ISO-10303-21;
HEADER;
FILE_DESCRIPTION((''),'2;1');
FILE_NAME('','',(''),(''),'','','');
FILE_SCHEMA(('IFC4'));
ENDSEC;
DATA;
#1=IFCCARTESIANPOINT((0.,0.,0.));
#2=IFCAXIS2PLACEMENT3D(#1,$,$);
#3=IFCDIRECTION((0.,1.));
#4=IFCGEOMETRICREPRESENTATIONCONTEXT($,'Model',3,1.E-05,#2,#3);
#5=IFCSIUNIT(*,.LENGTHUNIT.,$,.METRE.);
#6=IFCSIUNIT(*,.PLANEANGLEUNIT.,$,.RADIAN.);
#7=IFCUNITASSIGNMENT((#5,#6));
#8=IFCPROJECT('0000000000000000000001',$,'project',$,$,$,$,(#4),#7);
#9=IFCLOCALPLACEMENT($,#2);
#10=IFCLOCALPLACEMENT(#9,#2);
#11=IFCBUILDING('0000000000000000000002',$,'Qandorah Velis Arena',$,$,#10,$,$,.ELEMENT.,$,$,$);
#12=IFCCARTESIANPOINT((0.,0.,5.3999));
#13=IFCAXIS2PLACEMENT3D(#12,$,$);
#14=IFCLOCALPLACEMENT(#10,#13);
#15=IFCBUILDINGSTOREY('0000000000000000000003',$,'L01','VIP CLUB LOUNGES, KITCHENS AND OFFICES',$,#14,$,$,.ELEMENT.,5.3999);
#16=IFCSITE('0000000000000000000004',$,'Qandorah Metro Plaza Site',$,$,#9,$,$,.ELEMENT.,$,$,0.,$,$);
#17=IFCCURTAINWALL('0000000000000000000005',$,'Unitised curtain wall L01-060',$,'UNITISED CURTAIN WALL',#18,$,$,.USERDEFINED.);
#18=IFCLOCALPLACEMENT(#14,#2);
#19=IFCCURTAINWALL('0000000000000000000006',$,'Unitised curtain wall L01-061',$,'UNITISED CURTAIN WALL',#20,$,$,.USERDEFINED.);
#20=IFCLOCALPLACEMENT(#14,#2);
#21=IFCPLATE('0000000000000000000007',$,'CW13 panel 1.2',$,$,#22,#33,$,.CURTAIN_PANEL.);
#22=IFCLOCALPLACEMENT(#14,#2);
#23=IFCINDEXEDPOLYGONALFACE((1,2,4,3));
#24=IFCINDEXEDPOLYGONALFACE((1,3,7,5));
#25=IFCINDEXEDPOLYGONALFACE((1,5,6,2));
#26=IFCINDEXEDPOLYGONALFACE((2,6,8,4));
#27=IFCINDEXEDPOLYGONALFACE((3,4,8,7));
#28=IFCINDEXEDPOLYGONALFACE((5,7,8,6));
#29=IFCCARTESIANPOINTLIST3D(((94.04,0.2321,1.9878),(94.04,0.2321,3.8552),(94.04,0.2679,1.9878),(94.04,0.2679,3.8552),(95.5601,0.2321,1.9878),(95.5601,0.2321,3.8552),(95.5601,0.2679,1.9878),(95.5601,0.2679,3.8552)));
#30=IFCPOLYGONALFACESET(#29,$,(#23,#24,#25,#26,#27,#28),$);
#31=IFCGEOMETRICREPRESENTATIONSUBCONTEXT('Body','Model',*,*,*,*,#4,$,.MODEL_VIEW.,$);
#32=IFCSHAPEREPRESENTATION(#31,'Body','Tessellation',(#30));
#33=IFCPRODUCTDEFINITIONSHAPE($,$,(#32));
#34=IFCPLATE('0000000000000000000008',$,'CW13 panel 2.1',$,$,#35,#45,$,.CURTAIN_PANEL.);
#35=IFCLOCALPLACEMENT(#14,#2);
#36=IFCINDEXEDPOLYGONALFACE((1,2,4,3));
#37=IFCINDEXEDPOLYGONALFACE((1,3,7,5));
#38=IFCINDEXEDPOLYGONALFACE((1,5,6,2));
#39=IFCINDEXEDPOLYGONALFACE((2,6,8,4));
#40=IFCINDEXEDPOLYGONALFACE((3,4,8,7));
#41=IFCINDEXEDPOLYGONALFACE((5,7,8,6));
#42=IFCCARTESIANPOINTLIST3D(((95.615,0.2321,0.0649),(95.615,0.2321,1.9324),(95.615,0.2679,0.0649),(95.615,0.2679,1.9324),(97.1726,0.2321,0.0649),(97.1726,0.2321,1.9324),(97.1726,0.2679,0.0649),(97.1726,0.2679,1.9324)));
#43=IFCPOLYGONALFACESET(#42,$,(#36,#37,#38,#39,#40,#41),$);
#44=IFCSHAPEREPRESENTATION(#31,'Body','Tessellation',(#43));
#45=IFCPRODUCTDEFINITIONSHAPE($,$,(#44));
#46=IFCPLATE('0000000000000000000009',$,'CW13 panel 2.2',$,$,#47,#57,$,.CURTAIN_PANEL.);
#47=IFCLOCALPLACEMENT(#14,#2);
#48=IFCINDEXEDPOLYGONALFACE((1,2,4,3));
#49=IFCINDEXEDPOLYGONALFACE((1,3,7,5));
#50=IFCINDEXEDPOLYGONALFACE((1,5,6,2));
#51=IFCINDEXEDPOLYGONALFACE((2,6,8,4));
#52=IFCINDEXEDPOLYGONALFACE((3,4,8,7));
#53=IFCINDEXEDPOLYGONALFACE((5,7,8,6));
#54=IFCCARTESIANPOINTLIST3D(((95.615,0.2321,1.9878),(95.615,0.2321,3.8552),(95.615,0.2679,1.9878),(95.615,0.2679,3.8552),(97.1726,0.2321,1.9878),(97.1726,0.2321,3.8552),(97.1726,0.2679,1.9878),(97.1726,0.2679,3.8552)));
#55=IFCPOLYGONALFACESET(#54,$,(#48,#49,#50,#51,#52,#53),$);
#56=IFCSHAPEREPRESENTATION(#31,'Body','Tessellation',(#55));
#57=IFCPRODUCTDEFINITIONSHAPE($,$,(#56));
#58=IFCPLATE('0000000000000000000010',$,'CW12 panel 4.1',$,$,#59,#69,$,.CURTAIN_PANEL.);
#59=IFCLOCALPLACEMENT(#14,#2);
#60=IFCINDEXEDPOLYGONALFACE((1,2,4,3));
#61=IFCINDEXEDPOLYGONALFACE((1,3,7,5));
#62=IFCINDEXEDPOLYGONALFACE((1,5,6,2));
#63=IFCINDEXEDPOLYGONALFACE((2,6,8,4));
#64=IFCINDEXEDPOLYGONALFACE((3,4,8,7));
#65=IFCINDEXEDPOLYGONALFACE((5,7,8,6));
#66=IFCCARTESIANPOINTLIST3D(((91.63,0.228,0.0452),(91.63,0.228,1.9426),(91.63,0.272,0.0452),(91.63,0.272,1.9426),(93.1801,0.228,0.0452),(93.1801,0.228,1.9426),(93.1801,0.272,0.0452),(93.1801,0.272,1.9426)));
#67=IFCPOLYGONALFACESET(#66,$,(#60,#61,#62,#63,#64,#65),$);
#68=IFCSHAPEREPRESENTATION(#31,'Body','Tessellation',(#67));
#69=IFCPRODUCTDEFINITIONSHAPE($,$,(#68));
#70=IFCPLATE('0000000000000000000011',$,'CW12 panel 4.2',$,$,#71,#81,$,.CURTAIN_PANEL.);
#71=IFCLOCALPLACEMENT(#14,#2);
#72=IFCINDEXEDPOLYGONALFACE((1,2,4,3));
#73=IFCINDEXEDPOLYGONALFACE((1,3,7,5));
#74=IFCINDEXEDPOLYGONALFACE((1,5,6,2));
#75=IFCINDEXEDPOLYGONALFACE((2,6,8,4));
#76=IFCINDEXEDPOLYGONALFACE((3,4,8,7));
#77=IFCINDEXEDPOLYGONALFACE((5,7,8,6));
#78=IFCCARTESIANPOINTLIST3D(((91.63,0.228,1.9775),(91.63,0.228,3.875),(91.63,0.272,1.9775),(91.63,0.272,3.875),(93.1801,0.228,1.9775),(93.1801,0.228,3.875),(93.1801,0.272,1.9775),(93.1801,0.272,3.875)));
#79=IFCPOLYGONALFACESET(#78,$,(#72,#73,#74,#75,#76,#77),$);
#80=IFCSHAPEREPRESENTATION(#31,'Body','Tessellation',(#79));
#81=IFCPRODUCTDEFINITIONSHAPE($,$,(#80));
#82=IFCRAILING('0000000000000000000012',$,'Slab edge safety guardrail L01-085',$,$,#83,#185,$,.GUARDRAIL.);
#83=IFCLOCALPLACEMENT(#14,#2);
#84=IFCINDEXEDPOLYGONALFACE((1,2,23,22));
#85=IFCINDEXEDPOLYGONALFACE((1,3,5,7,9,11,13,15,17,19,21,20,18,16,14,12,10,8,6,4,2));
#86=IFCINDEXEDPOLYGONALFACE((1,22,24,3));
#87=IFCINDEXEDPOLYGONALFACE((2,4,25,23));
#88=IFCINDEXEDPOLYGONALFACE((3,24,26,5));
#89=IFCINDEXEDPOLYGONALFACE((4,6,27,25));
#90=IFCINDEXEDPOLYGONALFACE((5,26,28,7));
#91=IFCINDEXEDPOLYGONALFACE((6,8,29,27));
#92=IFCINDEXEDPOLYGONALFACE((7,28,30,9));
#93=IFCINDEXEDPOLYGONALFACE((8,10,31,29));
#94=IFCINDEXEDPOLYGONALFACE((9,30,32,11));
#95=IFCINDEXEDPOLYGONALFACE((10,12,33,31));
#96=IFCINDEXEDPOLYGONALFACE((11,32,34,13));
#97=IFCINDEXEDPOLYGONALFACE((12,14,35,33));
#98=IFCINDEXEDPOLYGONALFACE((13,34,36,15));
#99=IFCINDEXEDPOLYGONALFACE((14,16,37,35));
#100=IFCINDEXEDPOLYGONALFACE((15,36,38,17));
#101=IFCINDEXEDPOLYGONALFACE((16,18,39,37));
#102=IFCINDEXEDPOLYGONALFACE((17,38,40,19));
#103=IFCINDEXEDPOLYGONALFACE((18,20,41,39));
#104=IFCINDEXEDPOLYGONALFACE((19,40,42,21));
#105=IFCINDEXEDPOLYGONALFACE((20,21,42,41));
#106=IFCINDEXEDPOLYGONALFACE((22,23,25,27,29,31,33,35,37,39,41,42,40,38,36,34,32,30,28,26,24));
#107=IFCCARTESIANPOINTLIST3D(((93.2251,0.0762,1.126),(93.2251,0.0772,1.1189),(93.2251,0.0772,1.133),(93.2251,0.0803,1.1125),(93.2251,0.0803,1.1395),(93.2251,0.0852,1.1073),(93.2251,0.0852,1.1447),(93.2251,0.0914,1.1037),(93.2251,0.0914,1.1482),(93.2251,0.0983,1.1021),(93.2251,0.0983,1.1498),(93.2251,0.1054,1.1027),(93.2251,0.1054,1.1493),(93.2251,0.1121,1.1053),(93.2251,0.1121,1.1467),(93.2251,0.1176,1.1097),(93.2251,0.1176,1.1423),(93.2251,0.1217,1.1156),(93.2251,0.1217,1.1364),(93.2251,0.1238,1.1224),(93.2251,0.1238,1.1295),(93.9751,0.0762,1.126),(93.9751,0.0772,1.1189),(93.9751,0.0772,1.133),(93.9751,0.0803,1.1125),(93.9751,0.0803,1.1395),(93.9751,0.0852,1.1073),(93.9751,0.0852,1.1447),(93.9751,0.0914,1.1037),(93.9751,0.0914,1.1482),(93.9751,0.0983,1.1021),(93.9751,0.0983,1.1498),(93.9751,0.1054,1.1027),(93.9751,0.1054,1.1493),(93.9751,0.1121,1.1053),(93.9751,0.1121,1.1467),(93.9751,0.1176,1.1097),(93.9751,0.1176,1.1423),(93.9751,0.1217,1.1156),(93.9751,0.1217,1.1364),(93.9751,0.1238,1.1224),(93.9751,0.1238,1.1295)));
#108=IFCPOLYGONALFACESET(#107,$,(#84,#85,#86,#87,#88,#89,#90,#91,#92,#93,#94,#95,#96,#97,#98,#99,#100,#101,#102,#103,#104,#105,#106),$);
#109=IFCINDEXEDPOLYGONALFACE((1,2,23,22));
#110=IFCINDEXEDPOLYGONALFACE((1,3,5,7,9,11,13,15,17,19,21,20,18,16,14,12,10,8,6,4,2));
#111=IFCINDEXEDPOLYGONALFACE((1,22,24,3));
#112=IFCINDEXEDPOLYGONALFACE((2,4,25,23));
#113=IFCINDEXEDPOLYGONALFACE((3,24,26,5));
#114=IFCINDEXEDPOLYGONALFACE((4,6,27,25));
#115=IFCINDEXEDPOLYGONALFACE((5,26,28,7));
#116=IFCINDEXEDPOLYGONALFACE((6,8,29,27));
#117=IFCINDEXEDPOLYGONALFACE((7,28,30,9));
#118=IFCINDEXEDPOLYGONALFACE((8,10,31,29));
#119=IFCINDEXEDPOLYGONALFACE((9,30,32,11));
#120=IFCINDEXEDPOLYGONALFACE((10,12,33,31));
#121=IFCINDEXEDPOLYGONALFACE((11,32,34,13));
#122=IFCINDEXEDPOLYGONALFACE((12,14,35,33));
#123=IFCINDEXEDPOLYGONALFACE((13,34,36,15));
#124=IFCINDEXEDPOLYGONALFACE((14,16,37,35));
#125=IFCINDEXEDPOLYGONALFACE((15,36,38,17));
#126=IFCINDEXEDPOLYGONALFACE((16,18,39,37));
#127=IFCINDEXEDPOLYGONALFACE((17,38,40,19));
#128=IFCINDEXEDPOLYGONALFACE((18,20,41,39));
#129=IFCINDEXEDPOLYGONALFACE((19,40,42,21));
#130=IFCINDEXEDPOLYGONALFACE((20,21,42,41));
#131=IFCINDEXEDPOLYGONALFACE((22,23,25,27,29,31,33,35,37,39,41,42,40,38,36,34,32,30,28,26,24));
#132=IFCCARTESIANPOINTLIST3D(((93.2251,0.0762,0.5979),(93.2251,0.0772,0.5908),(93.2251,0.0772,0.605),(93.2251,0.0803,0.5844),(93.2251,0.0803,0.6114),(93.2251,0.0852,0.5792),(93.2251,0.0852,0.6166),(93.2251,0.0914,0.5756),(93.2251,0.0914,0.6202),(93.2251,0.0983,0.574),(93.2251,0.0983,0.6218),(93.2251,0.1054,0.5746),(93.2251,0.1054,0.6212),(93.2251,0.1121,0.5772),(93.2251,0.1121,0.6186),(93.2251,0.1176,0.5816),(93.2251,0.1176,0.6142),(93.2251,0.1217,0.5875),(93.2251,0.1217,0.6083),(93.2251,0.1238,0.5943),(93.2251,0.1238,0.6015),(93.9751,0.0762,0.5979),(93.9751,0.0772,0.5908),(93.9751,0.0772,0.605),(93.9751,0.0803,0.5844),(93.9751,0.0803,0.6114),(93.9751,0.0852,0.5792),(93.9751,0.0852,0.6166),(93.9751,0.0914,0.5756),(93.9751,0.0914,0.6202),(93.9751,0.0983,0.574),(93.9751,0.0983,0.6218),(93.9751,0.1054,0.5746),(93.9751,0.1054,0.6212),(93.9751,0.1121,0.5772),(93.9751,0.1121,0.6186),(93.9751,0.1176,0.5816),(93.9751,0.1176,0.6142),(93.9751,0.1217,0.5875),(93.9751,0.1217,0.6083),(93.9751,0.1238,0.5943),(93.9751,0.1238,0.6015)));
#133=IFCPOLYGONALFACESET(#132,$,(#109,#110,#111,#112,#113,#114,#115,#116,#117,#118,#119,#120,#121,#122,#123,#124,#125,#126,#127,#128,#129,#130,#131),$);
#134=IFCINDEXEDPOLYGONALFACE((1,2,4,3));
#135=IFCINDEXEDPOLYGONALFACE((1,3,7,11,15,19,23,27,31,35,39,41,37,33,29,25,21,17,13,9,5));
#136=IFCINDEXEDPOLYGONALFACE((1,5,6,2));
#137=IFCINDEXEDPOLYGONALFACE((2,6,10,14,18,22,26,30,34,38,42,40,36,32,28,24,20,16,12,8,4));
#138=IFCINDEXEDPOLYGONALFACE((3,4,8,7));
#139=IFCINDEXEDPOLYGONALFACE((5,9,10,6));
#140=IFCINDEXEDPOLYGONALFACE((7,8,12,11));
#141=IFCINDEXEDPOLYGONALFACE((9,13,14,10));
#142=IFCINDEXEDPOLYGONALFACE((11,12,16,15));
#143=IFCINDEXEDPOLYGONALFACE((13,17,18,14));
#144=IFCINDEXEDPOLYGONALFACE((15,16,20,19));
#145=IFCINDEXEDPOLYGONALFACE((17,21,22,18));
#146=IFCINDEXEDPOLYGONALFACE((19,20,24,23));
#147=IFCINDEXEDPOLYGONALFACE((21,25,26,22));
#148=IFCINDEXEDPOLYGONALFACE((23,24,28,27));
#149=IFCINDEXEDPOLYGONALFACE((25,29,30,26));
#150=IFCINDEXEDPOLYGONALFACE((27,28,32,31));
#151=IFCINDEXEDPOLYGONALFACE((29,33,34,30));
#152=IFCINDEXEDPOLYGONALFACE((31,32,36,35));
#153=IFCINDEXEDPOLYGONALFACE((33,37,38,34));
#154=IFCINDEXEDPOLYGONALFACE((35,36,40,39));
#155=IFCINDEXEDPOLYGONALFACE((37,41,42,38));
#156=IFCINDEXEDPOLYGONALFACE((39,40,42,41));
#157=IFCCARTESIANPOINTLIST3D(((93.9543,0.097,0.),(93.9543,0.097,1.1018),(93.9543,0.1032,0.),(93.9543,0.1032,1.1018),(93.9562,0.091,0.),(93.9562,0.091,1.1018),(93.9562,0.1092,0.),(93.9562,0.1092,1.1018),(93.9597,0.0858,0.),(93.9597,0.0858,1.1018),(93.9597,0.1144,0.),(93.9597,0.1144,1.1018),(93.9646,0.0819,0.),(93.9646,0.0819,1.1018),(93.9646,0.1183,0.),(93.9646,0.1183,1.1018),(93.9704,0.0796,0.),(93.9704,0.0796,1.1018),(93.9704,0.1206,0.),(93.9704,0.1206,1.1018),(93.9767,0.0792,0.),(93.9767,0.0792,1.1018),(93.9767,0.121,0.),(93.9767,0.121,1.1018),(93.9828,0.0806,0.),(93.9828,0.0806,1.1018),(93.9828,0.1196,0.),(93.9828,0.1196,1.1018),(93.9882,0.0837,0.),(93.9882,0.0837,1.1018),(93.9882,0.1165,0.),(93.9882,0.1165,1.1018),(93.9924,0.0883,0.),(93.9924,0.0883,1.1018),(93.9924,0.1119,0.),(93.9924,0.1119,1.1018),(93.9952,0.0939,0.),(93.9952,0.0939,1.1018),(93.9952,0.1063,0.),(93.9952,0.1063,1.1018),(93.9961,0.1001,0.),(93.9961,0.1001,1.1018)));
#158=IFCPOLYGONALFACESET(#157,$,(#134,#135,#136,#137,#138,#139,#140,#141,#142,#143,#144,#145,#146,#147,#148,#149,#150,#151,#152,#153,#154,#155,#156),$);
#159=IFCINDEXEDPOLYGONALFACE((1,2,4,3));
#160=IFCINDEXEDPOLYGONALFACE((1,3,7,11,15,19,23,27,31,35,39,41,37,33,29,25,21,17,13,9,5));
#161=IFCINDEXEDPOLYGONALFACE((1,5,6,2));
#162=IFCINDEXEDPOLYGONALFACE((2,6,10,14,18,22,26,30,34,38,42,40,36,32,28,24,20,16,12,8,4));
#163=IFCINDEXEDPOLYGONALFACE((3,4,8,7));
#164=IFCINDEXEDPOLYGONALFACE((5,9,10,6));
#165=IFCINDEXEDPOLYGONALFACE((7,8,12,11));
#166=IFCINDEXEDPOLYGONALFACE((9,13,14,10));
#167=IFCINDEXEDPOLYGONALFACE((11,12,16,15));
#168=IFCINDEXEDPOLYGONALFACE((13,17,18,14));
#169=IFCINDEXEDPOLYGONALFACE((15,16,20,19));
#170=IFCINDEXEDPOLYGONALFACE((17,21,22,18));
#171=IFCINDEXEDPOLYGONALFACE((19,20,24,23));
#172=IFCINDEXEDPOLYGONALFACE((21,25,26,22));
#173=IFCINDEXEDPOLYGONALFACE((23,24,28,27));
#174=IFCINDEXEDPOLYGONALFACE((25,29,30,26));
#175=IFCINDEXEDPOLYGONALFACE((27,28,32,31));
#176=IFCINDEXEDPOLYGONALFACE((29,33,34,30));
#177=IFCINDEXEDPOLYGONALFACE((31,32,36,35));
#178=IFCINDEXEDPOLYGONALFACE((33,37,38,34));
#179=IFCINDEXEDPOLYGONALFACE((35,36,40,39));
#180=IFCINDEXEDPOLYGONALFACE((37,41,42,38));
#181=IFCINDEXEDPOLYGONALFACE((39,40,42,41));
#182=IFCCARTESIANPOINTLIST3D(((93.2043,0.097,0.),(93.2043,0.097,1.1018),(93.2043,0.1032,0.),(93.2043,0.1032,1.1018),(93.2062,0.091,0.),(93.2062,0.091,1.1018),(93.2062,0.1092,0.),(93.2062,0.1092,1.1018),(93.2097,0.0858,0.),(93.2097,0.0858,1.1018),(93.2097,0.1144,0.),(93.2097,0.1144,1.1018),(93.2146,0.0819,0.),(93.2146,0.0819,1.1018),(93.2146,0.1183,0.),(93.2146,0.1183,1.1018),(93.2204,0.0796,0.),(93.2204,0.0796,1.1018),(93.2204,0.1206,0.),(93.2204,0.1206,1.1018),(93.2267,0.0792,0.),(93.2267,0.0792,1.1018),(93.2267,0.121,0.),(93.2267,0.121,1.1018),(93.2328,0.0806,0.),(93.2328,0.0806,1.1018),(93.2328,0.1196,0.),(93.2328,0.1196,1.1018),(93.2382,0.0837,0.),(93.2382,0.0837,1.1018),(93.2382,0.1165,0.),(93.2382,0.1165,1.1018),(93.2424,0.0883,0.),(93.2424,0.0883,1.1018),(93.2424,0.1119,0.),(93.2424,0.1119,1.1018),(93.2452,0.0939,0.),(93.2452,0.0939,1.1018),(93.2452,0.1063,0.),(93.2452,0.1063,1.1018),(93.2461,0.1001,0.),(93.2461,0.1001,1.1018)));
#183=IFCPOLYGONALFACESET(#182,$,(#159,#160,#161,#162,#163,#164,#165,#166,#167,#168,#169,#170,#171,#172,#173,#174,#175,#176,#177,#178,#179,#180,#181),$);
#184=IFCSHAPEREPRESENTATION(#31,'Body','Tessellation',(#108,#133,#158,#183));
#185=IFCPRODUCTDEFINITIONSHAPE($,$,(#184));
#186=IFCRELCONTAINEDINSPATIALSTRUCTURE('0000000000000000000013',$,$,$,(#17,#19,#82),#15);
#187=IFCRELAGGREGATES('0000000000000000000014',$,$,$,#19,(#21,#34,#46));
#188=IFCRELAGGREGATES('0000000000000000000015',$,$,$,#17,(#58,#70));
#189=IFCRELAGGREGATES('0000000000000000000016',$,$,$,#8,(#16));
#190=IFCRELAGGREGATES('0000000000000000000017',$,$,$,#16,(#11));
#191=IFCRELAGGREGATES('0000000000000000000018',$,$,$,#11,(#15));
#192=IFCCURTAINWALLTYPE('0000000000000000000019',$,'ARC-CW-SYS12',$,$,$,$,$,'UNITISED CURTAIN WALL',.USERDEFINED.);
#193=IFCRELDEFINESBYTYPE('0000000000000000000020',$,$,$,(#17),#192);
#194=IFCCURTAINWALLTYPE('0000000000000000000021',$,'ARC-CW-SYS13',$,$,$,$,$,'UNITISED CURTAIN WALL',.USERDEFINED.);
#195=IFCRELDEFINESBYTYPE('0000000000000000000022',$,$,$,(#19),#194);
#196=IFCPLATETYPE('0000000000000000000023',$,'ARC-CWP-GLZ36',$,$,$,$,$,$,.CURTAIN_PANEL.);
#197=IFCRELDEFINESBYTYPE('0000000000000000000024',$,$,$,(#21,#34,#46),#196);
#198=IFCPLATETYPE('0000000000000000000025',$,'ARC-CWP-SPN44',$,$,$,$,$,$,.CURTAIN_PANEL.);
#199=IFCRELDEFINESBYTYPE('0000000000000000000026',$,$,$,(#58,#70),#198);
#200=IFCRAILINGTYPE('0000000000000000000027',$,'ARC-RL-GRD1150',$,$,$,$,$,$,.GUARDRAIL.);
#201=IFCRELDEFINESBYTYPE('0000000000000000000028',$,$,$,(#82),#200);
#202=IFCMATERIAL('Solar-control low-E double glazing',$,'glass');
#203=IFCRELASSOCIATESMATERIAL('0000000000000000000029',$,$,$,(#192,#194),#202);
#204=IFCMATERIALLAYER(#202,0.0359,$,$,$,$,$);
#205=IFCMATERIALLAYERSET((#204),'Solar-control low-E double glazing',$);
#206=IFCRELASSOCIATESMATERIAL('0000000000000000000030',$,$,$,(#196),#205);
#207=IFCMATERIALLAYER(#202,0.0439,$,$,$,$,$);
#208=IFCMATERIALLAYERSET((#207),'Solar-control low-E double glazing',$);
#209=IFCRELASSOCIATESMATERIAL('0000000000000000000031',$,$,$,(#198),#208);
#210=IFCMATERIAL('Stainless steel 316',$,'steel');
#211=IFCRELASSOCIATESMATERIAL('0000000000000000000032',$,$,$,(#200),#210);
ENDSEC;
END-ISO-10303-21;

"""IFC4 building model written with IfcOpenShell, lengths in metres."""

from ifc_helpers import new_model, si_unit, direction, frame, origin, origin_2d, place, context, subcontext, project, spatial, rectangle, circle, extrude, material, layer, layer_set, type_object, element, aggregate, save


model = new_model("IFC4")

# Units and contexts
model_context = context("Model", 3, precision=1e-05, world=origin(), true_north=direction((0.0, 1.0)))
body_context = subcontext(model_context, "Body", "Model", "MODEL_VIEW")
ifc_project = project(units=[si_unit("LENGTHUNIT", "METRE"), si_unit("PLANEANGLEUNIT", "RADIAN")], contexts=[model_context])

# Site, building, storey
site_placement = place(None, origin())
site = spatial("IfcSite", under=ifc_project, at=site_placement, Name="Qandorah Metro Plaza Site", CompositionType="ELEMENT", RefElevation=0.0)
building_placement = place(site_placement, origin())
building = spatial("IfcBuilding", under=site, at=building_placement, Name="Qandorah Velis Arena", CompositionType="ELEMENT")
storey_placement = place(building_placement, frame((0.0, 0.0, 5.3999)))
storey = spatial("IfcBuildingStorey", under=building, at=storey_placement, Name="L01", Description="VIP CLUB LOUNGES, KITCHENS AND OFFICES", CompositionType="ELEMENT", Elevation=5.3999)

# Curtain wall
ifc_material_1 = material(Name="Solar-control low-E double glazing", Category="glass")
curtain_wall_type_1 = type_object("IfcCurtainWallType", Name="ARC-CW-SYS12", ElementType="UNITISED CURTAIN WALL", PredefinedType="USERDEFINED", material=ifc_material_1)
curtain_wall_1_placement = place(storey_placement, origin())
curtain_wall_1 = element("IfcCurtainWall", 1, at=curtain_wall_1_placement, inside=storey, type_object=curtain_wall_type_1, Name="Unitised curtain wall L01-060", ObjectType="UNITISED CURTAIN WALL", PredefinedType="USERDEFINED")

# Curtain wall
curtain_wall_type_2 = type_object("IfcCurtainWallType", Name="ARC-CW-SYS13", ElementType="UNITISED CURTAIN WALL", PredefinedType="USERDEFINED", material=ifc_material_1)
curtain_wall_2_placement = place(storey_placement, origin())
curtain_wall_2 = element("IfcCurtainWall", 2, at=curtain_wall_2_placement, inside=storey, type_object=curtain_wall_type_2, Name="Unitised curtain wall L01-061", ObjectType="UNITISED CURTAIN WALL", PredefinedType="USERDEFINED")

# Plates
ifc_layer_1 = layer(ifc_material_1, 0.0359)
ifc_layer_set_1 = layer_set([ifc_layer_1], Name="Solar-control low-E double glazing")
plate_type_1 = type_object("IfcPlateType", Name="ARC-CWP-GLZ36", PredefinedType="CURTAIN_PANEL", material=ifc_layer_set_1)
plate_1_placement = place(storey_placement, frame((94.8, 0.25, 1.9878), z_axis=(0.0, 0.0, 1.0), x_axis=(1.0, 0.0, 0.0)))
plate_1 = element("IfcPlate", 3, at=plate_1_placement, type_object=plate_type_1, Name="CW13 panel 1.2", PredefinedType="CURTAIN_PANEL", context=body_context, shape_type="SweptSolid", body=[
    extrude(rectangle(XDim=1.52, YDim=0.0359, at=origin_2d()), origin(), (0.0, 0.0, 1.0), 1.8674),
])
plate_2_placement = place(storey_placement, frame((96.3938, 0.25, 0.0649), z_axis=(0.0, 0.0, 1.0), x_axis=(1.0, 0.0, 0.0)))
plate_2 = element("IfcPlate", 4, at=plate_2_placement, type_object=plate_type_1, Name="CW13 panel 2.1", PredefinedType="CURTAIN_PANEL", context=body_context, shape_type="SweptSolid", body=[
    extrude(rectangle(XDim=1.5576, YDim=0.0359, at=origin_2d()), origin(), (0.0, 0.0, 1.0), 1.8674),
])
plate_3_placement = place(storey_placement, frame((96.3938, 0.25, 1.9878), z_axis=(0.0, 0.0, 1.0), x_axis=(1.0, 0.0, 0.0)))
plate_3 = element("IfcPlate", 5, at=plate_3_placement, type_object=plate_type_1, Name="CW13 panel 2.2", PredefinedType="CURTAIN_PANEL", context=body_context, shape_type="SweptSolid", body=[
    extrude(rectangle(XDim=1.5576, YDim=0.0359, at=origin_2d()), origin(), (0.0, 0.0, 1.0), 1.8674),
])
aggregate(curtain_wall_2, [plate_1, plate_2, plate_3])
ifc_layer_2 = layer(ifc_material_1, 0.0439)
ifc_layer_set_2 = layer_set([ifc_layer_2], Name="Solar-control low-E double glazing")
plate_type_2 = type_object("IfcPlateType", Name="ARC-CWP-SPN44", PredefinedType="CURTAIN_PANEL", material=ifc_layer_set_2)
plate_4_placement = place(storey_placement, frame((92.405, 0.25, 0.0452), z_axis=(0.0, 0.0, 1.0), x_axis=(1.0, 0.0, 0.0)))
plate_4 = element("IfcPlate", 6, at=plate_4_placement, type_object=plate_type_2, Name="CW12 panel 4.1", PredefinedType="CURTAIN_PANEL", context=body_context, shape_type="SweptSolid", body=[
    extrude(rectangle(XDim=1.55, YDim=0.0439, at=origin_2d()), origin(), (0.0, 0.0, 1.0), 1.8975),
])
plate_5_placement = place(storey_placement, frame((92.405, 0.25, 1.9775), z_axis=(0.0, 0.0, 1.0), x_axis=(1.0, 0.0, 0.0)))
plate_5 = element("IfcPlate", 7, at=plate_5_placement, type_object=plate_type_2, Name="CW12 panel 4.2", PredefinedType="CURTAIN_PANEL", context=body_context, shape_type="SweptSolid", body=[
    extrude(rectangle(XDim=1.55, YDim=0.0439, at=origin_2d()), origin(), (0.0, 0.0, 1.0), 1.8975),
])
aggregate(curtain_wall_1, [plate_4, plate_5])

# Railing
ifc_material_2 = material(Name="Stainless steel 316", Category="steel")
railing_type = type_object("IfcRailingType", Name="ARC-RL-GRD1150", PredefinedType="GUARDRAIL", material=ifc_material_2)
railing_placement = place(storey_placement, frame((93.9751, 0.1001, 0.0)))
element("IfcRailing", 8, at=railing_placement, inside=storey, type_object=railing_type, Name="Slab edge safety guardrail L01-085", PredefinedType="GUARDRAIL", context=body_context, shape_type="SweptSolid", body=[
    extrude(circle(Radius=0.0239, at=origin_2d()), frame((0.0, 0.0, 1.126), z_axis=(-1.0, 0.0, 0.0), x_axis=(0.0, -1.0, 0.0)), (0.0, 0.0, 1.0), 0.75),
    extrude(circle(Radius=0.0239, at=origin_2d()), frame((0.0, 0.0, 0.5979), z_axis=(-1.0, 0.0, 0.0), x_axis=(0.0, -1.0, 0.0)), (0.0, 0.0, 1.0), 0.75),
    extrude(circle(Radius=0.021, at=origin_2d()), origin(), (0.0, 0.0, 1.0), 1.1018),
    extrude(circle(Radius=0.021, at=origin_2d()), frame((-0.75, 0.0, 0.0)), (0.0, 0.0, 1.0), 1.1018),
])

save(model, "model.ifc")
